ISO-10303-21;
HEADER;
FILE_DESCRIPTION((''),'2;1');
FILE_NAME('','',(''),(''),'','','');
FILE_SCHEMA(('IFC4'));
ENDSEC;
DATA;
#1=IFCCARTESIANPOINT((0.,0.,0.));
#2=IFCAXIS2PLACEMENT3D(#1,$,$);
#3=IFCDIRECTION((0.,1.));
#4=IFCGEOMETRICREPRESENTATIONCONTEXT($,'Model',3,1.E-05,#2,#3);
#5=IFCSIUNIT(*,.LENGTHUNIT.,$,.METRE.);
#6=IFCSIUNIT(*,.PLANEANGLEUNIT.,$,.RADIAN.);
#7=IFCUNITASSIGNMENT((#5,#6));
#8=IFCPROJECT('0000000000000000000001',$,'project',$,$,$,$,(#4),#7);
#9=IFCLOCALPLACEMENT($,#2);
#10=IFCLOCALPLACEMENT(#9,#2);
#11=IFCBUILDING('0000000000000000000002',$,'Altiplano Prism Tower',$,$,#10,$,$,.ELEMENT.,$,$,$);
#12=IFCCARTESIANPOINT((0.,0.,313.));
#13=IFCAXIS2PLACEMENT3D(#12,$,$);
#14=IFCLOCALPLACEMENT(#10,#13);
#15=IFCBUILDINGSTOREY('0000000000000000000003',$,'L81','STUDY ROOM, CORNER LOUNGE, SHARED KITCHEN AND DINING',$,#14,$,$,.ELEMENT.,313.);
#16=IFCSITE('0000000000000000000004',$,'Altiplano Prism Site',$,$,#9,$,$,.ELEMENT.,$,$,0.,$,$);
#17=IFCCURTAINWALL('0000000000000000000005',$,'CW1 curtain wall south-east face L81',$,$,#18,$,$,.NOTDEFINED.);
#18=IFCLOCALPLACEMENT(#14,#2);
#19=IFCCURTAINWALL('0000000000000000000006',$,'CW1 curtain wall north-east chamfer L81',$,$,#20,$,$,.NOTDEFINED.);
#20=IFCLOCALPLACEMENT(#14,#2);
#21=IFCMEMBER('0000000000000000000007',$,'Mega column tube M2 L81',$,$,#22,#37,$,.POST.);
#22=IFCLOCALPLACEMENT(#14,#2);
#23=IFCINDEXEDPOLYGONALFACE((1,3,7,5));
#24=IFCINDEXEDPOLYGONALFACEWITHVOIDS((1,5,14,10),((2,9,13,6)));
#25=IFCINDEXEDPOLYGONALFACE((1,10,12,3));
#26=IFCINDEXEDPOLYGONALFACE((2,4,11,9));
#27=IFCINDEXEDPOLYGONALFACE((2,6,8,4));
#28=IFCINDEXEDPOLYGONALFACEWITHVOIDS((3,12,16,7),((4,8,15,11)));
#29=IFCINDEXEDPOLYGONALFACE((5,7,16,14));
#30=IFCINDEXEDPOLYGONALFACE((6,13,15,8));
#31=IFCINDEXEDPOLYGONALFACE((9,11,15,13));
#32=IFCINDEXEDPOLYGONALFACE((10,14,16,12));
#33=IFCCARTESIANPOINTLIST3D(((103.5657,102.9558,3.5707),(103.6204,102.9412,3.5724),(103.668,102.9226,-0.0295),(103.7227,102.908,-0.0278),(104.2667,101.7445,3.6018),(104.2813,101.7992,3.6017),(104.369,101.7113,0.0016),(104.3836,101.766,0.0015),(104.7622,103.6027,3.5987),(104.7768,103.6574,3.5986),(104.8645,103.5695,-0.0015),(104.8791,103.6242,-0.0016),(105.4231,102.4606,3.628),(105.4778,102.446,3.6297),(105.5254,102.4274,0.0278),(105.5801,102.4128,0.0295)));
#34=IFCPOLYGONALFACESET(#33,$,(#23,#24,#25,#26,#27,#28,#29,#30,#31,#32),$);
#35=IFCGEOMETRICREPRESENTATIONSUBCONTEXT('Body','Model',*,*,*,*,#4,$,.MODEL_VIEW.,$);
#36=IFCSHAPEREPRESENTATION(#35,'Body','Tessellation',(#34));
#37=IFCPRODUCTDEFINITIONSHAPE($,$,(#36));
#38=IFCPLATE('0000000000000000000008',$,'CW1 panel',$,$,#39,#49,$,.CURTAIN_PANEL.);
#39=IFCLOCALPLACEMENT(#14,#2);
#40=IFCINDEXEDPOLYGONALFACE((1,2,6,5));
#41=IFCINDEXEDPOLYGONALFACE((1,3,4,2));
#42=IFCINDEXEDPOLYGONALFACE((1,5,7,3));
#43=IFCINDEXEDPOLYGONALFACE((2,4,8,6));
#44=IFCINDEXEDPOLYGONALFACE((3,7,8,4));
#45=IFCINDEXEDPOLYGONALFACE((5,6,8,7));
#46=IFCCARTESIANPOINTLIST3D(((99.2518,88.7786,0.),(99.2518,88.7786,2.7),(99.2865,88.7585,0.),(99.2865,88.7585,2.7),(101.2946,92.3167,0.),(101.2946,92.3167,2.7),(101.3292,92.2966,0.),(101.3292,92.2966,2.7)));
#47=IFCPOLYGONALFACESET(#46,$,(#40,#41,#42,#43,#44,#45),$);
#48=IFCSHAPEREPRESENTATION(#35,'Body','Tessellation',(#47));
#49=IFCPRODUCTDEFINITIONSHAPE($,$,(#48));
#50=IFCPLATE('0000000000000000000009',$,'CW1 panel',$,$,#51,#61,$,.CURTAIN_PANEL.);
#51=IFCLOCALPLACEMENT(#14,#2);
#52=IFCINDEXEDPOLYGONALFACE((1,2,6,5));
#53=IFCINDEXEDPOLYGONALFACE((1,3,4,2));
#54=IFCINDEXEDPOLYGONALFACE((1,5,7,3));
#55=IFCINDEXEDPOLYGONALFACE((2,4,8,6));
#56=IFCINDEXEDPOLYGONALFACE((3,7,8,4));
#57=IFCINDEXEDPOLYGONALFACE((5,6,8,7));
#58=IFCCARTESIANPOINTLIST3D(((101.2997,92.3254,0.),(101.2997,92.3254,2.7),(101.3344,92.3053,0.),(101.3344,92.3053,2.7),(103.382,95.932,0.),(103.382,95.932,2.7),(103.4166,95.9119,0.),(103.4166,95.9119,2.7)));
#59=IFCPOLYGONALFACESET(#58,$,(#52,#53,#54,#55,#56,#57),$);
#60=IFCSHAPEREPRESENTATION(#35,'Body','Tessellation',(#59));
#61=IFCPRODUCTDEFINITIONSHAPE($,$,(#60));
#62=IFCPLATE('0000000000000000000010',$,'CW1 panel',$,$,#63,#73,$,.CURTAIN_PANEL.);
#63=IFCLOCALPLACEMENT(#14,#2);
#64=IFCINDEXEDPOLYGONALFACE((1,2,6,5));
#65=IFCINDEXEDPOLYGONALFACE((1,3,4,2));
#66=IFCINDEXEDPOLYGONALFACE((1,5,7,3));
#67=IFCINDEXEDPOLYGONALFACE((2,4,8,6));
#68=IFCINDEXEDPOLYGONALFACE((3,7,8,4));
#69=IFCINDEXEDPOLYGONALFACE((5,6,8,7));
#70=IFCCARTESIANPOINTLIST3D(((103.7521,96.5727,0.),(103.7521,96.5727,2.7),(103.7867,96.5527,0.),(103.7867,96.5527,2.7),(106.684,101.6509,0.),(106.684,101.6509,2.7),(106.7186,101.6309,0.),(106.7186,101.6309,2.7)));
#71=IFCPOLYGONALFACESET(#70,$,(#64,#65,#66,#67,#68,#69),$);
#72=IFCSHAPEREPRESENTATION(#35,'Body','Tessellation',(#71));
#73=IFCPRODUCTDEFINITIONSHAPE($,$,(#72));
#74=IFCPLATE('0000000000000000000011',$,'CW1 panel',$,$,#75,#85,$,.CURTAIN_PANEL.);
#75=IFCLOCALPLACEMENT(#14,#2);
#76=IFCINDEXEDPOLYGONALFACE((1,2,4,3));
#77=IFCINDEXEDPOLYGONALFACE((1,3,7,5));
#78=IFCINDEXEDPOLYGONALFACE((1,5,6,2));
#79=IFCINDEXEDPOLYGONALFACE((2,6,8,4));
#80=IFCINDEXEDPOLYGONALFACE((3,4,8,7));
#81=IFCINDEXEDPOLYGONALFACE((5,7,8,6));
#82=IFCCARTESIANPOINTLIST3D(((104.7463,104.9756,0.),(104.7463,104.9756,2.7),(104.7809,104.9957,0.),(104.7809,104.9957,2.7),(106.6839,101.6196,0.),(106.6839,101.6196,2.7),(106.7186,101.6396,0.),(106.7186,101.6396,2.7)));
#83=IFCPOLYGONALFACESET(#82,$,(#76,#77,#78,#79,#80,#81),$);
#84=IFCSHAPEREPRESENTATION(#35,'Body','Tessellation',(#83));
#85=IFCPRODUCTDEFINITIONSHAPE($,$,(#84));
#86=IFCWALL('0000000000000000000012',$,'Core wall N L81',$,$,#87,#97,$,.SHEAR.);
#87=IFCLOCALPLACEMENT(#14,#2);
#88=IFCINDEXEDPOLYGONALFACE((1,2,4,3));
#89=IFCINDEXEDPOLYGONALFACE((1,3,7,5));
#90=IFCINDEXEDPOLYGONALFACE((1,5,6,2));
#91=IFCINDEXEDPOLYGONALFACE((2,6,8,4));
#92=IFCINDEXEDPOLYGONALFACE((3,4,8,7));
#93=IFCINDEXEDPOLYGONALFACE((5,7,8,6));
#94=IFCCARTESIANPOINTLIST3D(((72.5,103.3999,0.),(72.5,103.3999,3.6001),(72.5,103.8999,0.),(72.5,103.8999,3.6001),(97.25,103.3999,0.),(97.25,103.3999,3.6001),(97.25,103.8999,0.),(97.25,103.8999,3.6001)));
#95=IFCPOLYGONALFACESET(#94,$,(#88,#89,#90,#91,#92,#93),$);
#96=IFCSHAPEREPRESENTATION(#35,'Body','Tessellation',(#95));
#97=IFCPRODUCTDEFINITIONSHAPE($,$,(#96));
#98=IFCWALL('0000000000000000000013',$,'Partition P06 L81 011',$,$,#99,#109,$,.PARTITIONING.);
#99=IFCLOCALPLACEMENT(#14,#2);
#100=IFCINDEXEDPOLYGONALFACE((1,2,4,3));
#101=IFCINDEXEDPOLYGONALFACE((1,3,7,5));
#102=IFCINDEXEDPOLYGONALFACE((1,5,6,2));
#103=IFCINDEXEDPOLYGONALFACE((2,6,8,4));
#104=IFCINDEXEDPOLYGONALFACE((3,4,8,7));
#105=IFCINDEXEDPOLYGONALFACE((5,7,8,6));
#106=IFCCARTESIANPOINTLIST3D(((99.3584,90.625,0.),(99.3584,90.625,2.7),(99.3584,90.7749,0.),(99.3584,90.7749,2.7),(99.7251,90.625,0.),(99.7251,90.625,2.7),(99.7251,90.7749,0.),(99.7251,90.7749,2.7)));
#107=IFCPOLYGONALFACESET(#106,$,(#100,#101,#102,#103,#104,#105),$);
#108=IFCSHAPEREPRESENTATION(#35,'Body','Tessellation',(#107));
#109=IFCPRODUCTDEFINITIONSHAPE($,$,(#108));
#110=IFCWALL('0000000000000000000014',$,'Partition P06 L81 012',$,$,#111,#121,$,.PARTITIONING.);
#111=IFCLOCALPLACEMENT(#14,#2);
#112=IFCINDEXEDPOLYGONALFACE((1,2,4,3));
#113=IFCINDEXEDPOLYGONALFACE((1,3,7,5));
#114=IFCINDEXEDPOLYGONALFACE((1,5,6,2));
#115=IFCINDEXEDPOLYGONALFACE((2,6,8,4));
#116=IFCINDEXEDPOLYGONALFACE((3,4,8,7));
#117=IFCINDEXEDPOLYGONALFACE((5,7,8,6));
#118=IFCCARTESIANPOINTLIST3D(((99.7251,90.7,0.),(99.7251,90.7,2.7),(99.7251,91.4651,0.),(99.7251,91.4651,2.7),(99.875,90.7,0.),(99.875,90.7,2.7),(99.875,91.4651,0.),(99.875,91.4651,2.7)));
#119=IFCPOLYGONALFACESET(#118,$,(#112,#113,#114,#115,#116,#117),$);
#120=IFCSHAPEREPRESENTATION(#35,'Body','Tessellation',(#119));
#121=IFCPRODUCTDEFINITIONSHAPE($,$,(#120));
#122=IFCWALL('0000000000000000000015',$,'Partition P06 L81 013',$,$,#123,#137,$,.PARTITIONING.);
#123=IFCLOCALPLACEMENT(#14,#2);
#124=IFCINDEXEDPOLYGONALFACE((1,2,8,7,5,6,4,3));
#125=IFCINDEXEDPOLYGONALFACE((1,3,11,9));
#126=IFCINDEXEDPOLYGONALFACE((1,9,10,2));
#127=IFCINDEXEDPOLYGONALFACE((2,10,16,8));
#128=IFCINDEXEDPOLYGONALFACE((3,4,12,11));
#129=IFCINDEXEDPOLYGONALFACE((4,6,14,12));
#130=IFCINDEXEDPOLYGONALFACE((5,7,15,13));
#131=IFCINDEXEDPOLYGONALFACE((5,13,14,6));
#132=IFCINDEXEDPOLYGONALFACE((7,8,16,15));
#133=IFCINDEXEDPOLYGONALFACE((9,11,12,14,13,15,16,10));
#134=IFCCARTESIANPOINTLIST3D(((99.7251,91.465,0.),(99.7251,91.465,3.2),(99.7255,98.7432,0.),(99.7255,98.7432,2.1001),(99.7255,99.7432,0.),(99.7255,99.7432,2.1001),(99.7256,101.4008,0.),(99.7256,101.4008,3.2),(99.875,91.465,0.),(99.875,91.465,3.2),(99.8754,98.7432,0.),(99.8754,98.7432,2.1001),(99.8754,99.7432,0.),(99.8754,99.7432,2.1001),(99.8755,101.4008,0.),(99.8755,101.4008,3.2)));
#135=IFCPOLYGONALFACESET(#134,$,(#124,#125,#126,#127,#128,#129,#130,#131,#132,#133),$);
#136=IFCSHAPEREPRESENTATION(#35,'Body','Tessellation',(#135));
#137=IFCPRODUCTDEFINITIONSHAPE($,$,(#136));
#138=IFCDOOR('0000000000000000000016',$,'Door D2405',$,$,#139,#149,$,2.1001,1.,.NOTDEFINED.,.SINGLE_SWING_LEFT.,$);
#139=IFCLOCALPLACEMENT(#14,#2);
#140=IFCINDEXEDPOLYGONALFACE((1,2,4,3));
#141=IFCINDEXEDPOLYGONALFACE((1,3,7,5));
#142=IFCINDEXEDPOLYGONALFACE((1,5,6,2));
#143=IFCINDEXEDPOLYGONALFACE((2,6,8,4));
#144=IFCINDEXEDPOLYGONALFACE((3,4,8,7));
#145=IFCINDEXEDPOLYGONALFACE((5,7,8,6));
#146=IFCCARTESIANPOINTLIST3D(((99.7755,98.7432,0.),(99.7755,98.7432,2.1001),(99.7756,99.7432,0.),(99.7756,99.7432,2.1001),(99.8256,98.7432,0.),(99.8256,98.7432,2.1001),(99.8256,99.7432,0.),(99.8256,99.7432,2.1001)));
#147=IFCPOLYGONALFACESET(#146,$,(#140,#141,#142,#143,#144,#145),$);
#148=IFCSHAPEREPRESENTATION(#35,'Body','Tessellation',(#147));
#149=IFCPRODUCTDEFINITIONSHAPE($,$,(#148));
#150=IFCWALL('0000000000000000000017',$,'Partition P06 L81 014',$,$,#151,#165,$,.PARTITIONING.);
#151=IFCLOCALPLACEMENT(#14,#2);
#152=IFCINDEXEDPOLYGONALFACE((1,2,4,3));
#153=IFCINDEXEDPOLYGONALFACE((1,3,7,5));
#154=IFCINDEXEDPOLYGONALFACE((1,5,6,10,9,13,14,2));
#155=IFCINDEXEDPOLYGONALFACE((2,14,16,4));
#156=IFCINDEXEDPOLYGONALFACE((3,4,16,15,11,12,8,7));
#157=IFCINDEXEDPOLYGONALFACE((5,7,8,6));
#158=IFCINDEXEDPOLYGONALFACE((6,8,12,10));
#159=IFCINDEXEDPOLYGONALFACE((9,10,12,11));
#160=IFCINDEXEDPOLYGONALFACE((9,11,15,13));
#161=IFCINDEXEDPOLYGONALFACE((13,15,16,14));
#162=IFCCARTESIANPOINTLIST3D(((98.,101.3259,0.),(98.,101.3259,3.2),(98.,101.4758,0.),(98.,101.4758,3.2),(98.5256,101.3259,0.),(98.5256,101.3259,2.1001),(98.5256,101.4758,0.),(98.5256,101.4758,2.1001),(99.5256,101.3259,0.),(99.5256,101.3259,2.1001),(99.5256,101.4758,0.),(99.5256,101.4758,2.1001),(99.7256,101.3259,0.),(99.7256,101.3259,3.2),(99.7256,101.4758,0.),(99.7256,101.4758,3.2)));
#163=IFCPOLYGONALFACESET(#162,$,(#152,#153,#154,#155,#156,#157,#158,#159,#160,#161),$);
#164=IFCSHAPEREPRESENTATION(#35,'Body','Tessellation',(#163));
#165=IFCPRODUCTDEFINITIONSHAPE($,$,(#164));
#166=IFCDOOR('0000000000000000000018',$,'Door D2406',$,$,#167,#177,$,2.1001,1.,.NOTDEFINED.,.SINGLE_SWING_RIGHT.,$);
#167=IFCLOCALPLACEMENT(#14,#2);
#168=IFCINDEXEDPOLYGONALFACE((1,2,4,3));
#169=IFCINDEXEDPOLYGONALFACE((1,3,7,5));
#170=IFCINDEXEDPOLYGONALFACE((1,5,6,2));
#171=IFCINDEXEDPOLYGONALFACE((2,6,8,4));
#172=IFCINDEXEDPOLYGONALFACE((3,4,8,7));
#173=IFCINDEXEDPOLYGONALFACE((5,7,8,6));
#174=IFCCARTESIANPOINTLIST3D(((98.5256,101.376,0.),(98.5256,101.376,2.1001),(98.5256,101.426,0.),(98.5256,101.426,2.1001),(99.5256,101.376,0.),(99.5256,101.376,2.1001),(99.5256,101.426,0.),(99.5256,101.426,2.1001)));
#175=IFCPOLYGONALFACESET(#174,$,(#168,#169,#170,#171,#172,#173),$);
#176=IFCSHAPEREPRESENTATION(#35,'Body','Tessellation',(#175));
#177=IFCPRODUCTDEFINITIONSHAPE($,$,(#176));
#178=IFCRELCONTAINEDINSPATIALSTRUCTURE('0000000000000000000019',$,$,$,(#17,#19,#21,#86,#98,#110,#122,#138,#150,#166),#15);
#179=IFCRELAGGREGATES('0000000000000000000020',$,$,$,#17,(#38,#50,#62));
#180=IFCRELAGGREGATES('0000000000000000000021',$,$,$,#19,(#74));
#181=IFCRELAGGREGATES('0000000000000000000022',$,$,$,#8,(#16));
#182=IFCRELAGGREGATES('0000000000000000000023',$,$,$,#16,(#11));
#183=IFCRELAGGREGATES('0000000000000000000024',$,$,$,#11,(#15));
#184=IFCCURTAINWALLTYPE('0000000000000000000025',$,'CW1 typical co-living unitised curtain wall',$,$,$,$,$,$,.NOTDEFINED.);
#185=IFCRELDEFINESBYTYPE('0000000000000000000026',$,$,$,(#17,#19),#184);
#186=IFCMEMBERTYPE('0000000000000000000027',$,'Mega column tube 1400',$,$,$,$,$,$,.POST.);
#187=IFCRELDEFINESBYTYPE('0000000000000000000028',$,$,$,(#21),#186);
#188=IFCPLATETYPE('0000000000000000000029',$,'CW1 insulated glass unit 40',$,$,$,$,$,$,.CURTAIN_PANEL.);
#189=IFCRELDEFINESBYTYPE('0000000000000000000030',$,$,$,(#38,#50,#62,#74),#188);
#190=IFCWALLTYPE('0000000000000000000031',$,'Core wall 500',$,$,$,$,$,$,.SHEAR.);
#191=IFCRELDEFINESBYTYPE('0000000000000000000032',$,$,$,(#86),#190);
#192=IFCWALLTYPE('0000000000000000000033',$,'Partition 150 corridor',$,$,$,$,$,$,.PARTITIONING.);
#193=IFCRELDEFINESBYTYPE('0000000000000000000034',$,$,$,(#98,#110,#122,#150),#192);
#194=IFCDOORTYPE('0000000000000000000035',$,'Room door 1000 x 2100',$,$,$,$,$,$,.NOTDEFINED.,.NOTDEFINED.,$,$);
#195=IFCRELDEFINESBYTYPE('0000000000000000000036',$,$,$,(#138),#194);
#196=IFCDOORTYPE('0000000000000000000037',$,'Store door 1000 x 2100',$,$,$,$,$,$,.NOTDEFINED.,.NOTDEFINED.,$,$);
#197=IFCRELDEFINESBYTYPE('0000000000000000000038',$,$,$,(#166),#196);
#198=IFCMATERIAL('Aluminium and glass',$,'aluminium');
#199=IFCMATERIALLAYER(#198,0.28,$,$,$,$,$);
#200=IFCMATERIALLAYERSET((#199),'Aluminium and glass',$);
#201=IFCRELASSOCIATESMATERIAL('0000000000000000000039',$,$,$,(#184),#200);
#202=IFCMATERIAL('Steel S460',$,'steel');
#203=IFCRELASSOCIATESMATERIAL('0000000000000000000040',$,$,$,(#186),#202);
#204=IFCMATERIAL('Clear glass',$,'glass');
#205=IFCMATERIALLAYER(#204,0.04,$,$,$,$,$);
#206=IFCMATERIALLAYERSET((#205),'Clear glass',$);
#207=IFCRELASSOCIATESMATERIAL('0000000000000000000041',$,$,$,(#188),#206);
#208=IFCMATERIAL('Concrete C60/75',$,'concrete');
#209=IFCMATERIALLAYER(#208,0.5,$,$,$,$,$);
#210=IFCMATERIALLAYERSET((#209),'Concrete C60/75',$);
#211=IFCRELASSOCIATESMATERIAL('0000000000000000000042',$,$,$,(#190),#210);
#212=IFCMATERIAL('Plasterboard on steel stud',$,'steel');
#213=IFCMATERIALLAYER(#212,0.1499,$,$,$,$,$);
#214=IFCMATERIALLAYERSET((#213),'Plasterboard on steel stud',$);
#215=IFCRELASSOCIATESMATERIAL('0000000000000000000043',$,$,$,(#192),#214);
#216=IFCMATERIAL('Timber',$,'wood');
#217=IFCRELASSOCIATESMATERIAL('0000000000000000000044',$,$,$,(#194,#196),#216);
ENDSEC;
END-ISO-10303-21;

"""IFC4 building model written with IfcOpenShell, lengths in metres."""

from ifc_helpers import new_model, si_unit, direction, frame, frame_2d, origin, origin_2d, place, context, subcontext, project, spatial, rectangle, hollow_rectangle, extrude, material, layer, layer_set, material_profile, profile_set, type_object, element, fill, aggregate, save


model = new_model("IFC4")

# Units and contexts
model_context = context("Model", 3, precision=1e-05, world=origin(), true_north=direction((0.0, 1.0)))
body_context = subcontext(model_context, "Body", "Model", "MODEL_VIEW")
ifc_project = project(units=[si_unit("LENGTHUNIT", "METRE"), si_unit("PLANEANGLEUNIT", "RADIAN")], contexts=[model_context])

# Site, building, storey
site_placement = place(None, origin())
site = spatial("IfcSite", under=ifc_project, at=site_placement, Name="Altiplano Prism Site", CompositionType="ELEMENT", RefElevation=0.0)
building_placement = place(site_placement, origin())
building = spatial("IfcBuilding", under=site, at=building_placement, Name="Altiplano Prism Tower", CompositionType="ELEMENT")
storey_placement = place(building_placement, frame((0.0, 0.0, 313.0)))
storey = spatial("IfcBuildingStorey", under=building, at=storey_placement, Name="L81", Description="STUDY ROOM, CORNER LOUNGE, SHARED KITCHEN AND DINING", CompositionType="ELEMENT", Elevation=313.0)

# Shared definitions
ifc_material_1 = material(Name="Concrete C60/75", Category="concrete")

# Curtain wall
ifc_material_2 = material(Name="Aluminium and glass", Category="aluminium")
ifc_layer_1 = layer(ifc_material_2, 0.28)
ifc_layer_set_1 = layer_set([ifc_layer_1], Name="Aluminium and glass")
curtain_wall_type = type_object("IfcCurtainWallType", Name="CW1 typical co-living unitised curtain wall", PredefinedType="NOTDEFINED", material=ifc_layer_set_1)
curtain_wall_1_placement = place(storey_placement, origin())
curtain_wall_1 = element("IfcCurtainWall", 1, at=curtain_wall_1_placement, inside=storey, type_object=curtain_wall_type, Name="CW1 curtain wall south-east face L81", PredefinedType="NOTDEFINED")

# Curtain wall
curtain_wall_2_placement = place(storey_placement, origin())
curtain_wall_2 = element("IfcCurtainWall", 2, at=curtain_wall_2_placement, inside=storey, type_object=curtain_wall_type, Name="CW1 curtain wall north-east chamfer L81", PredefinedType="NOTDEFINED")

# Member
ifc_material_3 = material(Name="Steel S460", Category="steel")
ifc_material_profile_1 = material_profile(ifc_material_3, hollow_rectangle(XDim=1.3999, YDim=1.3999, WallThickness=0.04, at=origin_2d()), Name="Mega column tube 1400")
ifc_profile_set_1 = profile_set([ifc_material_profile_1], Name="Steel S460")
member_type_1 = type_object("IfcMemberType", Name="Mega column tube 1400", PredefinedType="POST", material=ifc_profile_set_1)
member_1_placement = place(storey_placement, frame((104.624, 102.6677, 0.0), z_axis=(-0.028402, 0.009219, 0.999554), x_axis=(0.500755, -0.865304, 0.022209)))
element("IfcMember", 3, at=member_1_placement, inside=storey, type_object=member_type_1, Name="Mega column tube M2 L81", PredefinedType="POST", context=body_context, shape_type="SweptSolid", body=[
    extrude(hollow_rectangle(XDim=1.3999, YDim=1.3999, WallThickness=0.04, at=origin_2d()), origin(), (0.0, 0.0, 1.0), 3.6018),
])

# Plates
ifc_material_4 = material(Name="Clear glass", Category="glass")
ifc_layer_2 = layer(ifc_material_4, 0.04)
ifc_layer_set_2 = layer_set([ifc_layer_2], Name="Clear glass")
plate_type = type_object("IfcPlateType", Name="CW1 insulated glass unit 40", PredefinedType="CURTAIN_PANEL", material=ifc_layer_set_2)
plate_1_placement = place(storey_placement, frame((100.2905, 90.5376, 0.0), z_axis=(0.0, 0.0, 1.0), x_axis=(0.5, 0.866025, 0.0)))
plate_1 = element("IfcPlate", 4, at=plate_1_placement, type_object=plate_type, Name="CW1 panel", PredefinedType="CURTAIN_PANEL", context=body_context, shape_type="SweptSolid", body=[
    extrude(rectangle(XDim=4.0854, YDim=0.04, at=origin_2d()), origin(), (0.0, 0.0, 1.0), 2.7),
])
plate_2_placement = place(storey_placement, frame((102.3582, 94.1187, 0.0), z_axis=(0.0, 0.0, 1.0), x_axis=(0.5, 0.866025, 0.0)))
plate_2 = element("IfcPlate", 5, at=plate_2_placement, type_object=plate_type, Name="CW1 panel", PredefinedType="CURTAIN_PANEL", context=body_context, shape_type="SweptSolid", body=[
    extrude(rectangle(XDim=4.1646, YDim=0.04, at=origin_2d()), origin(), (0.0, 0.0, 1.0), 2.7),
])
plate_3_placement = place(storey_placement, frame((105.2354, 99.1018, 0.0), z_axis=(0.0, 0.0, 1.0), x_axis=(0.5, 0.866025, 0.0)))
plate_3 = element("IfcPlate", 6, at=plate_3_placement, type_object=plate_type, Name="CW1 panel", PredefinedType="CURTAIN_PANEL", context=body_context, shape_type="SweptSolid", body=[
    extrude(rectangle(XDim=5.8638, YDim=0.04, at=origin_2d()), origin(), (0.0, 0.0, 1.0), 2.7),
])
aggregate(curtain_wall_1, [plate_1, plate_2, plate_3])
plate_4_placement = place(storey_placement, frame((105.7324, 103.3076, 0.0), z_axis=(0.0, 0.0, 1.0), x_axis=(-0.5, 0.866025, 0.0)))
plate_4 = element("IfcPlate", 7, at=plate_4_placement, type_object=plate_type, Name="CW1 panel", PredefinedType="CURTAIN_PANEL", context=body_context, shape_type="SweptSolid", body=[
    extrude(rectangle(XDim=3.8752, YDim=0.04, at=origin_2d()), origin(), (0.0, 0.0, 1.0), 2.7),
])
aggregate(curtain_wall_2, [plate_4])

# Walls
ifc_layer_3 = layer(ifc_material_1, 0.5)
ifc_layer_set_3 = layer_set([ifc_layer_3], Name="Concrete C60/75")
wall_type_1 = type_object("IfcWallType", Name="Core wall 500", PredefinedType="SHEAR", material=ifc_layer_set_3)
wall_1_placement = place(storey_placement, frame((97.25, 103.6499, 0.0), z_axis=(0.0, 0.0, 1.0), x_axis=(-1.0, 0.0, 0.0)))
element("IfcWall", 8, at=wall_1_placement, inside=storey, type_object=wall_type_1, Name="Core wall N L81", PredefinedType="SHEAR", context=body_context, shape_type="SweptSolid", body=[
    extrude(rectangle(XDim=24.75, YDim=0.5, at=frame_2d((12.375, 0.0))), origin(), (0.0, 0.0, 1.0), 3.6001),
])
ifc_material_5 = material(Name="Plasterboard on steel stud", Category="steel")
ifc_layer_4 = layer(ifc_material_5, 0.1499)
ifc_layer_set_4 = layer_set([ifc_layer_4], Name="Plasterboard on steel stud")
wall_type_2 = type_object("IfcWallType", Name="Partition 150 corridor", PredefinedType="PARTITIONING", material=ifc_layer_set_4)
wall_2_placement = place(storey_placement, frame((99.3584, 90.7, 0.0), z_axis=(0.0, 0.0, 1.0), x_axis=(1.0, 0.0, 0.0)))
element("IfcWall", 9, at=wall_2_placement, inside=storey, type_object=wall_type_2, Name="Partition P06 L81 011", PredefinedType="PARTITIONING", context=body_context, shape_type="SweptSolid", body=[
    extrude(rectangle(XDim=0.3667, YDim=0.1499, at=frame_2d((0.1833, 0.0))), origin(), (0.0, 0.0, 1.0), 2.7),
])
wall_3_placement = place(storey_placement, frame((99.8, 90.7, 0.0), z_axis=(0.0, 0.0, 1.0), x_axis=(0.0, 1.0, 0.0)))
element("IfcWall", 10, at=wall_3_placement, inside=storey, type_object=wall_type_2, Name="Partition P06 L81 012", PredefinedType="PARTITIONING", context=body_context, shape_type="SweptSolid", body=[
    extrude(rectangle(XDim=0.7651, YDim=0.1499, at=frame_2d((0.3826, 0.0))), origin(), (0.0, 0.0, 1.0), 2.7),
])

# Walls, openings, doors
wall_4_placement = place(storey_placement, frame((99.8, 91.4651, 0.0), z_axis=(0.0, 0.0, 1.0), x_axis=(0.000049, 1.0, 0.0)))
wall_4 = element("IfcWall", 11, at=wall_4_placement, inside=storey, type_object=wall_type_2, Name="Partition P06 L81 013", PredefinedType="PARTITIONING", context=body_context, shape_type="SweptSolid", body=[
    extrude(rectangle(XDim=9.9358, YDim=0.1499, at=frame_2d((4.9678, 0.0))), origin(), (0.0, 0.0, 1.0), 3.2),
])
opening_1_placement = place(wall_4_placement, frame((7.2781, 0.0, 0.0)))
opening_1 = element("IfcOpeningElement", 12, at=opening_1_placement, cuts=wall_4, PredefinedType="OPENING", context=body_context, shape_type="SweptSolid", body=[
    extrude(rectangle(XDim=1.0, YDim=2.1001, at=frame_2d((0.5, 1.05))), frame((0.0, 0.0854, 0.0), z_axis=(0.0, -1.0, 0.0), x_axis=(1.0, 0.0, 0.0)), (0.0, 0.0, 1.0), 0.1709),
])
ifc_material_6 = material(Name="Timber", Category="wood")
door_type_1 = type_object("IfcDoorType", Name="Room door 1000 x 2100", OperationType="NOTDEFINED", PredefinedType="NOTDEFINED", material=ifc_material_6)
door_1_placement = place(opening_1_placement, origin())
door_1 = element("IfcDoor", 13, at=door_1_placement, inside=storey, type_object=door_type_1, Name="Door D2405", OperationType="SINGLE_SWING_LEFT", OverallHeight=2.1001, OverallWidth=1.0, PredefinedType="NOTDEFINED", context=body_context, shape_type="SweptSolid", body=[
    extrude(rectangle(XDim=1.0, YDim=2.1001, at=frame_2d((0.5, 1.05))), frame((0.0, 0.0249, 0.0), z_axis=(0.0, -1.0, 0.0), x_axis=(1.0, 0.0, 0.0)), (0.0, 0.0, 1.0), 0.05),
])
fill(opening_1, door_1)
wall_5_placement = place(storey_placement, frame((99.7256, 101.4009, 0.0), z_axis=(0.0, 0.0, 1.0), x_axis=(-1.0, 0.0, 0.0)))
wall_5 = element("IfcWall", 14, at=wall_5_placement, inside=storey, type_object=wall_type_2, Name="Partition P06 L81 014", PredefinedType="PARTITIONING", context=body_context, shape_type="SweptSolid", body=[
    extrude(rectangle(XDim=1.7256, YDim=0.1499, at=frame_2d((0.8628, 0.0))), origin(), (0.0, 0.0, 1.0), 3.2),
])
opening_2_placement = place(wall_5_placement, frame((0.2, 0.0, 0.0)))
opening_2 = element("IfcOpeningElement", 15, at=opening_2_placement, cuts=wall_5, PredefinedType="OPENING", context=body_context, shape_type="SweptSolid", body=[
    extrude(rectangle(XDim=1.0, YDim=2.1001, at=frame_2d((0.5, 1.05))), frame((0.0, 0.0854, 0.0), z_axis=(0.0, -1.0, 0.0), x_axis=(1.0, 0.0, 0.0)), (0.0, 0.0, 1.0), 0.1709),
])
door_type_2 = type_object("IfcDoorType", Name="Store door 1000 x 2100", OperationType="NOTDEFINED", PredefinedType="NOTDEFINED", material=ifc_material_6)
door_2_placement = place(opening_2_placement, origin())
door_2 = element("IfcDoor", 16, at=door_2_placement, inside=storey, type_object=door_type_2, Name="Door D2406", OperationType="SINGLE_SWING_RIGHT", OverallHeight=2.1001, OverallWidth=1.0, PredefinedType="NOTDEFINED", context=body_context, shape_type="SweptSolid", body=[
    extrude(rectangle(XDim=1.0, YDim=2.1001, at=frame_2d((0.5, 1.05))), frame((0.0, 0.0249, 0.0), z_axis=(0.0, -1.0, 0.0), x_axis=(1.0, 0.0, 0.0)), (0.0, 0.0, 1.0), 0.05),
])
fill(opening_2, door_2)

save(model, "model.ifc")
